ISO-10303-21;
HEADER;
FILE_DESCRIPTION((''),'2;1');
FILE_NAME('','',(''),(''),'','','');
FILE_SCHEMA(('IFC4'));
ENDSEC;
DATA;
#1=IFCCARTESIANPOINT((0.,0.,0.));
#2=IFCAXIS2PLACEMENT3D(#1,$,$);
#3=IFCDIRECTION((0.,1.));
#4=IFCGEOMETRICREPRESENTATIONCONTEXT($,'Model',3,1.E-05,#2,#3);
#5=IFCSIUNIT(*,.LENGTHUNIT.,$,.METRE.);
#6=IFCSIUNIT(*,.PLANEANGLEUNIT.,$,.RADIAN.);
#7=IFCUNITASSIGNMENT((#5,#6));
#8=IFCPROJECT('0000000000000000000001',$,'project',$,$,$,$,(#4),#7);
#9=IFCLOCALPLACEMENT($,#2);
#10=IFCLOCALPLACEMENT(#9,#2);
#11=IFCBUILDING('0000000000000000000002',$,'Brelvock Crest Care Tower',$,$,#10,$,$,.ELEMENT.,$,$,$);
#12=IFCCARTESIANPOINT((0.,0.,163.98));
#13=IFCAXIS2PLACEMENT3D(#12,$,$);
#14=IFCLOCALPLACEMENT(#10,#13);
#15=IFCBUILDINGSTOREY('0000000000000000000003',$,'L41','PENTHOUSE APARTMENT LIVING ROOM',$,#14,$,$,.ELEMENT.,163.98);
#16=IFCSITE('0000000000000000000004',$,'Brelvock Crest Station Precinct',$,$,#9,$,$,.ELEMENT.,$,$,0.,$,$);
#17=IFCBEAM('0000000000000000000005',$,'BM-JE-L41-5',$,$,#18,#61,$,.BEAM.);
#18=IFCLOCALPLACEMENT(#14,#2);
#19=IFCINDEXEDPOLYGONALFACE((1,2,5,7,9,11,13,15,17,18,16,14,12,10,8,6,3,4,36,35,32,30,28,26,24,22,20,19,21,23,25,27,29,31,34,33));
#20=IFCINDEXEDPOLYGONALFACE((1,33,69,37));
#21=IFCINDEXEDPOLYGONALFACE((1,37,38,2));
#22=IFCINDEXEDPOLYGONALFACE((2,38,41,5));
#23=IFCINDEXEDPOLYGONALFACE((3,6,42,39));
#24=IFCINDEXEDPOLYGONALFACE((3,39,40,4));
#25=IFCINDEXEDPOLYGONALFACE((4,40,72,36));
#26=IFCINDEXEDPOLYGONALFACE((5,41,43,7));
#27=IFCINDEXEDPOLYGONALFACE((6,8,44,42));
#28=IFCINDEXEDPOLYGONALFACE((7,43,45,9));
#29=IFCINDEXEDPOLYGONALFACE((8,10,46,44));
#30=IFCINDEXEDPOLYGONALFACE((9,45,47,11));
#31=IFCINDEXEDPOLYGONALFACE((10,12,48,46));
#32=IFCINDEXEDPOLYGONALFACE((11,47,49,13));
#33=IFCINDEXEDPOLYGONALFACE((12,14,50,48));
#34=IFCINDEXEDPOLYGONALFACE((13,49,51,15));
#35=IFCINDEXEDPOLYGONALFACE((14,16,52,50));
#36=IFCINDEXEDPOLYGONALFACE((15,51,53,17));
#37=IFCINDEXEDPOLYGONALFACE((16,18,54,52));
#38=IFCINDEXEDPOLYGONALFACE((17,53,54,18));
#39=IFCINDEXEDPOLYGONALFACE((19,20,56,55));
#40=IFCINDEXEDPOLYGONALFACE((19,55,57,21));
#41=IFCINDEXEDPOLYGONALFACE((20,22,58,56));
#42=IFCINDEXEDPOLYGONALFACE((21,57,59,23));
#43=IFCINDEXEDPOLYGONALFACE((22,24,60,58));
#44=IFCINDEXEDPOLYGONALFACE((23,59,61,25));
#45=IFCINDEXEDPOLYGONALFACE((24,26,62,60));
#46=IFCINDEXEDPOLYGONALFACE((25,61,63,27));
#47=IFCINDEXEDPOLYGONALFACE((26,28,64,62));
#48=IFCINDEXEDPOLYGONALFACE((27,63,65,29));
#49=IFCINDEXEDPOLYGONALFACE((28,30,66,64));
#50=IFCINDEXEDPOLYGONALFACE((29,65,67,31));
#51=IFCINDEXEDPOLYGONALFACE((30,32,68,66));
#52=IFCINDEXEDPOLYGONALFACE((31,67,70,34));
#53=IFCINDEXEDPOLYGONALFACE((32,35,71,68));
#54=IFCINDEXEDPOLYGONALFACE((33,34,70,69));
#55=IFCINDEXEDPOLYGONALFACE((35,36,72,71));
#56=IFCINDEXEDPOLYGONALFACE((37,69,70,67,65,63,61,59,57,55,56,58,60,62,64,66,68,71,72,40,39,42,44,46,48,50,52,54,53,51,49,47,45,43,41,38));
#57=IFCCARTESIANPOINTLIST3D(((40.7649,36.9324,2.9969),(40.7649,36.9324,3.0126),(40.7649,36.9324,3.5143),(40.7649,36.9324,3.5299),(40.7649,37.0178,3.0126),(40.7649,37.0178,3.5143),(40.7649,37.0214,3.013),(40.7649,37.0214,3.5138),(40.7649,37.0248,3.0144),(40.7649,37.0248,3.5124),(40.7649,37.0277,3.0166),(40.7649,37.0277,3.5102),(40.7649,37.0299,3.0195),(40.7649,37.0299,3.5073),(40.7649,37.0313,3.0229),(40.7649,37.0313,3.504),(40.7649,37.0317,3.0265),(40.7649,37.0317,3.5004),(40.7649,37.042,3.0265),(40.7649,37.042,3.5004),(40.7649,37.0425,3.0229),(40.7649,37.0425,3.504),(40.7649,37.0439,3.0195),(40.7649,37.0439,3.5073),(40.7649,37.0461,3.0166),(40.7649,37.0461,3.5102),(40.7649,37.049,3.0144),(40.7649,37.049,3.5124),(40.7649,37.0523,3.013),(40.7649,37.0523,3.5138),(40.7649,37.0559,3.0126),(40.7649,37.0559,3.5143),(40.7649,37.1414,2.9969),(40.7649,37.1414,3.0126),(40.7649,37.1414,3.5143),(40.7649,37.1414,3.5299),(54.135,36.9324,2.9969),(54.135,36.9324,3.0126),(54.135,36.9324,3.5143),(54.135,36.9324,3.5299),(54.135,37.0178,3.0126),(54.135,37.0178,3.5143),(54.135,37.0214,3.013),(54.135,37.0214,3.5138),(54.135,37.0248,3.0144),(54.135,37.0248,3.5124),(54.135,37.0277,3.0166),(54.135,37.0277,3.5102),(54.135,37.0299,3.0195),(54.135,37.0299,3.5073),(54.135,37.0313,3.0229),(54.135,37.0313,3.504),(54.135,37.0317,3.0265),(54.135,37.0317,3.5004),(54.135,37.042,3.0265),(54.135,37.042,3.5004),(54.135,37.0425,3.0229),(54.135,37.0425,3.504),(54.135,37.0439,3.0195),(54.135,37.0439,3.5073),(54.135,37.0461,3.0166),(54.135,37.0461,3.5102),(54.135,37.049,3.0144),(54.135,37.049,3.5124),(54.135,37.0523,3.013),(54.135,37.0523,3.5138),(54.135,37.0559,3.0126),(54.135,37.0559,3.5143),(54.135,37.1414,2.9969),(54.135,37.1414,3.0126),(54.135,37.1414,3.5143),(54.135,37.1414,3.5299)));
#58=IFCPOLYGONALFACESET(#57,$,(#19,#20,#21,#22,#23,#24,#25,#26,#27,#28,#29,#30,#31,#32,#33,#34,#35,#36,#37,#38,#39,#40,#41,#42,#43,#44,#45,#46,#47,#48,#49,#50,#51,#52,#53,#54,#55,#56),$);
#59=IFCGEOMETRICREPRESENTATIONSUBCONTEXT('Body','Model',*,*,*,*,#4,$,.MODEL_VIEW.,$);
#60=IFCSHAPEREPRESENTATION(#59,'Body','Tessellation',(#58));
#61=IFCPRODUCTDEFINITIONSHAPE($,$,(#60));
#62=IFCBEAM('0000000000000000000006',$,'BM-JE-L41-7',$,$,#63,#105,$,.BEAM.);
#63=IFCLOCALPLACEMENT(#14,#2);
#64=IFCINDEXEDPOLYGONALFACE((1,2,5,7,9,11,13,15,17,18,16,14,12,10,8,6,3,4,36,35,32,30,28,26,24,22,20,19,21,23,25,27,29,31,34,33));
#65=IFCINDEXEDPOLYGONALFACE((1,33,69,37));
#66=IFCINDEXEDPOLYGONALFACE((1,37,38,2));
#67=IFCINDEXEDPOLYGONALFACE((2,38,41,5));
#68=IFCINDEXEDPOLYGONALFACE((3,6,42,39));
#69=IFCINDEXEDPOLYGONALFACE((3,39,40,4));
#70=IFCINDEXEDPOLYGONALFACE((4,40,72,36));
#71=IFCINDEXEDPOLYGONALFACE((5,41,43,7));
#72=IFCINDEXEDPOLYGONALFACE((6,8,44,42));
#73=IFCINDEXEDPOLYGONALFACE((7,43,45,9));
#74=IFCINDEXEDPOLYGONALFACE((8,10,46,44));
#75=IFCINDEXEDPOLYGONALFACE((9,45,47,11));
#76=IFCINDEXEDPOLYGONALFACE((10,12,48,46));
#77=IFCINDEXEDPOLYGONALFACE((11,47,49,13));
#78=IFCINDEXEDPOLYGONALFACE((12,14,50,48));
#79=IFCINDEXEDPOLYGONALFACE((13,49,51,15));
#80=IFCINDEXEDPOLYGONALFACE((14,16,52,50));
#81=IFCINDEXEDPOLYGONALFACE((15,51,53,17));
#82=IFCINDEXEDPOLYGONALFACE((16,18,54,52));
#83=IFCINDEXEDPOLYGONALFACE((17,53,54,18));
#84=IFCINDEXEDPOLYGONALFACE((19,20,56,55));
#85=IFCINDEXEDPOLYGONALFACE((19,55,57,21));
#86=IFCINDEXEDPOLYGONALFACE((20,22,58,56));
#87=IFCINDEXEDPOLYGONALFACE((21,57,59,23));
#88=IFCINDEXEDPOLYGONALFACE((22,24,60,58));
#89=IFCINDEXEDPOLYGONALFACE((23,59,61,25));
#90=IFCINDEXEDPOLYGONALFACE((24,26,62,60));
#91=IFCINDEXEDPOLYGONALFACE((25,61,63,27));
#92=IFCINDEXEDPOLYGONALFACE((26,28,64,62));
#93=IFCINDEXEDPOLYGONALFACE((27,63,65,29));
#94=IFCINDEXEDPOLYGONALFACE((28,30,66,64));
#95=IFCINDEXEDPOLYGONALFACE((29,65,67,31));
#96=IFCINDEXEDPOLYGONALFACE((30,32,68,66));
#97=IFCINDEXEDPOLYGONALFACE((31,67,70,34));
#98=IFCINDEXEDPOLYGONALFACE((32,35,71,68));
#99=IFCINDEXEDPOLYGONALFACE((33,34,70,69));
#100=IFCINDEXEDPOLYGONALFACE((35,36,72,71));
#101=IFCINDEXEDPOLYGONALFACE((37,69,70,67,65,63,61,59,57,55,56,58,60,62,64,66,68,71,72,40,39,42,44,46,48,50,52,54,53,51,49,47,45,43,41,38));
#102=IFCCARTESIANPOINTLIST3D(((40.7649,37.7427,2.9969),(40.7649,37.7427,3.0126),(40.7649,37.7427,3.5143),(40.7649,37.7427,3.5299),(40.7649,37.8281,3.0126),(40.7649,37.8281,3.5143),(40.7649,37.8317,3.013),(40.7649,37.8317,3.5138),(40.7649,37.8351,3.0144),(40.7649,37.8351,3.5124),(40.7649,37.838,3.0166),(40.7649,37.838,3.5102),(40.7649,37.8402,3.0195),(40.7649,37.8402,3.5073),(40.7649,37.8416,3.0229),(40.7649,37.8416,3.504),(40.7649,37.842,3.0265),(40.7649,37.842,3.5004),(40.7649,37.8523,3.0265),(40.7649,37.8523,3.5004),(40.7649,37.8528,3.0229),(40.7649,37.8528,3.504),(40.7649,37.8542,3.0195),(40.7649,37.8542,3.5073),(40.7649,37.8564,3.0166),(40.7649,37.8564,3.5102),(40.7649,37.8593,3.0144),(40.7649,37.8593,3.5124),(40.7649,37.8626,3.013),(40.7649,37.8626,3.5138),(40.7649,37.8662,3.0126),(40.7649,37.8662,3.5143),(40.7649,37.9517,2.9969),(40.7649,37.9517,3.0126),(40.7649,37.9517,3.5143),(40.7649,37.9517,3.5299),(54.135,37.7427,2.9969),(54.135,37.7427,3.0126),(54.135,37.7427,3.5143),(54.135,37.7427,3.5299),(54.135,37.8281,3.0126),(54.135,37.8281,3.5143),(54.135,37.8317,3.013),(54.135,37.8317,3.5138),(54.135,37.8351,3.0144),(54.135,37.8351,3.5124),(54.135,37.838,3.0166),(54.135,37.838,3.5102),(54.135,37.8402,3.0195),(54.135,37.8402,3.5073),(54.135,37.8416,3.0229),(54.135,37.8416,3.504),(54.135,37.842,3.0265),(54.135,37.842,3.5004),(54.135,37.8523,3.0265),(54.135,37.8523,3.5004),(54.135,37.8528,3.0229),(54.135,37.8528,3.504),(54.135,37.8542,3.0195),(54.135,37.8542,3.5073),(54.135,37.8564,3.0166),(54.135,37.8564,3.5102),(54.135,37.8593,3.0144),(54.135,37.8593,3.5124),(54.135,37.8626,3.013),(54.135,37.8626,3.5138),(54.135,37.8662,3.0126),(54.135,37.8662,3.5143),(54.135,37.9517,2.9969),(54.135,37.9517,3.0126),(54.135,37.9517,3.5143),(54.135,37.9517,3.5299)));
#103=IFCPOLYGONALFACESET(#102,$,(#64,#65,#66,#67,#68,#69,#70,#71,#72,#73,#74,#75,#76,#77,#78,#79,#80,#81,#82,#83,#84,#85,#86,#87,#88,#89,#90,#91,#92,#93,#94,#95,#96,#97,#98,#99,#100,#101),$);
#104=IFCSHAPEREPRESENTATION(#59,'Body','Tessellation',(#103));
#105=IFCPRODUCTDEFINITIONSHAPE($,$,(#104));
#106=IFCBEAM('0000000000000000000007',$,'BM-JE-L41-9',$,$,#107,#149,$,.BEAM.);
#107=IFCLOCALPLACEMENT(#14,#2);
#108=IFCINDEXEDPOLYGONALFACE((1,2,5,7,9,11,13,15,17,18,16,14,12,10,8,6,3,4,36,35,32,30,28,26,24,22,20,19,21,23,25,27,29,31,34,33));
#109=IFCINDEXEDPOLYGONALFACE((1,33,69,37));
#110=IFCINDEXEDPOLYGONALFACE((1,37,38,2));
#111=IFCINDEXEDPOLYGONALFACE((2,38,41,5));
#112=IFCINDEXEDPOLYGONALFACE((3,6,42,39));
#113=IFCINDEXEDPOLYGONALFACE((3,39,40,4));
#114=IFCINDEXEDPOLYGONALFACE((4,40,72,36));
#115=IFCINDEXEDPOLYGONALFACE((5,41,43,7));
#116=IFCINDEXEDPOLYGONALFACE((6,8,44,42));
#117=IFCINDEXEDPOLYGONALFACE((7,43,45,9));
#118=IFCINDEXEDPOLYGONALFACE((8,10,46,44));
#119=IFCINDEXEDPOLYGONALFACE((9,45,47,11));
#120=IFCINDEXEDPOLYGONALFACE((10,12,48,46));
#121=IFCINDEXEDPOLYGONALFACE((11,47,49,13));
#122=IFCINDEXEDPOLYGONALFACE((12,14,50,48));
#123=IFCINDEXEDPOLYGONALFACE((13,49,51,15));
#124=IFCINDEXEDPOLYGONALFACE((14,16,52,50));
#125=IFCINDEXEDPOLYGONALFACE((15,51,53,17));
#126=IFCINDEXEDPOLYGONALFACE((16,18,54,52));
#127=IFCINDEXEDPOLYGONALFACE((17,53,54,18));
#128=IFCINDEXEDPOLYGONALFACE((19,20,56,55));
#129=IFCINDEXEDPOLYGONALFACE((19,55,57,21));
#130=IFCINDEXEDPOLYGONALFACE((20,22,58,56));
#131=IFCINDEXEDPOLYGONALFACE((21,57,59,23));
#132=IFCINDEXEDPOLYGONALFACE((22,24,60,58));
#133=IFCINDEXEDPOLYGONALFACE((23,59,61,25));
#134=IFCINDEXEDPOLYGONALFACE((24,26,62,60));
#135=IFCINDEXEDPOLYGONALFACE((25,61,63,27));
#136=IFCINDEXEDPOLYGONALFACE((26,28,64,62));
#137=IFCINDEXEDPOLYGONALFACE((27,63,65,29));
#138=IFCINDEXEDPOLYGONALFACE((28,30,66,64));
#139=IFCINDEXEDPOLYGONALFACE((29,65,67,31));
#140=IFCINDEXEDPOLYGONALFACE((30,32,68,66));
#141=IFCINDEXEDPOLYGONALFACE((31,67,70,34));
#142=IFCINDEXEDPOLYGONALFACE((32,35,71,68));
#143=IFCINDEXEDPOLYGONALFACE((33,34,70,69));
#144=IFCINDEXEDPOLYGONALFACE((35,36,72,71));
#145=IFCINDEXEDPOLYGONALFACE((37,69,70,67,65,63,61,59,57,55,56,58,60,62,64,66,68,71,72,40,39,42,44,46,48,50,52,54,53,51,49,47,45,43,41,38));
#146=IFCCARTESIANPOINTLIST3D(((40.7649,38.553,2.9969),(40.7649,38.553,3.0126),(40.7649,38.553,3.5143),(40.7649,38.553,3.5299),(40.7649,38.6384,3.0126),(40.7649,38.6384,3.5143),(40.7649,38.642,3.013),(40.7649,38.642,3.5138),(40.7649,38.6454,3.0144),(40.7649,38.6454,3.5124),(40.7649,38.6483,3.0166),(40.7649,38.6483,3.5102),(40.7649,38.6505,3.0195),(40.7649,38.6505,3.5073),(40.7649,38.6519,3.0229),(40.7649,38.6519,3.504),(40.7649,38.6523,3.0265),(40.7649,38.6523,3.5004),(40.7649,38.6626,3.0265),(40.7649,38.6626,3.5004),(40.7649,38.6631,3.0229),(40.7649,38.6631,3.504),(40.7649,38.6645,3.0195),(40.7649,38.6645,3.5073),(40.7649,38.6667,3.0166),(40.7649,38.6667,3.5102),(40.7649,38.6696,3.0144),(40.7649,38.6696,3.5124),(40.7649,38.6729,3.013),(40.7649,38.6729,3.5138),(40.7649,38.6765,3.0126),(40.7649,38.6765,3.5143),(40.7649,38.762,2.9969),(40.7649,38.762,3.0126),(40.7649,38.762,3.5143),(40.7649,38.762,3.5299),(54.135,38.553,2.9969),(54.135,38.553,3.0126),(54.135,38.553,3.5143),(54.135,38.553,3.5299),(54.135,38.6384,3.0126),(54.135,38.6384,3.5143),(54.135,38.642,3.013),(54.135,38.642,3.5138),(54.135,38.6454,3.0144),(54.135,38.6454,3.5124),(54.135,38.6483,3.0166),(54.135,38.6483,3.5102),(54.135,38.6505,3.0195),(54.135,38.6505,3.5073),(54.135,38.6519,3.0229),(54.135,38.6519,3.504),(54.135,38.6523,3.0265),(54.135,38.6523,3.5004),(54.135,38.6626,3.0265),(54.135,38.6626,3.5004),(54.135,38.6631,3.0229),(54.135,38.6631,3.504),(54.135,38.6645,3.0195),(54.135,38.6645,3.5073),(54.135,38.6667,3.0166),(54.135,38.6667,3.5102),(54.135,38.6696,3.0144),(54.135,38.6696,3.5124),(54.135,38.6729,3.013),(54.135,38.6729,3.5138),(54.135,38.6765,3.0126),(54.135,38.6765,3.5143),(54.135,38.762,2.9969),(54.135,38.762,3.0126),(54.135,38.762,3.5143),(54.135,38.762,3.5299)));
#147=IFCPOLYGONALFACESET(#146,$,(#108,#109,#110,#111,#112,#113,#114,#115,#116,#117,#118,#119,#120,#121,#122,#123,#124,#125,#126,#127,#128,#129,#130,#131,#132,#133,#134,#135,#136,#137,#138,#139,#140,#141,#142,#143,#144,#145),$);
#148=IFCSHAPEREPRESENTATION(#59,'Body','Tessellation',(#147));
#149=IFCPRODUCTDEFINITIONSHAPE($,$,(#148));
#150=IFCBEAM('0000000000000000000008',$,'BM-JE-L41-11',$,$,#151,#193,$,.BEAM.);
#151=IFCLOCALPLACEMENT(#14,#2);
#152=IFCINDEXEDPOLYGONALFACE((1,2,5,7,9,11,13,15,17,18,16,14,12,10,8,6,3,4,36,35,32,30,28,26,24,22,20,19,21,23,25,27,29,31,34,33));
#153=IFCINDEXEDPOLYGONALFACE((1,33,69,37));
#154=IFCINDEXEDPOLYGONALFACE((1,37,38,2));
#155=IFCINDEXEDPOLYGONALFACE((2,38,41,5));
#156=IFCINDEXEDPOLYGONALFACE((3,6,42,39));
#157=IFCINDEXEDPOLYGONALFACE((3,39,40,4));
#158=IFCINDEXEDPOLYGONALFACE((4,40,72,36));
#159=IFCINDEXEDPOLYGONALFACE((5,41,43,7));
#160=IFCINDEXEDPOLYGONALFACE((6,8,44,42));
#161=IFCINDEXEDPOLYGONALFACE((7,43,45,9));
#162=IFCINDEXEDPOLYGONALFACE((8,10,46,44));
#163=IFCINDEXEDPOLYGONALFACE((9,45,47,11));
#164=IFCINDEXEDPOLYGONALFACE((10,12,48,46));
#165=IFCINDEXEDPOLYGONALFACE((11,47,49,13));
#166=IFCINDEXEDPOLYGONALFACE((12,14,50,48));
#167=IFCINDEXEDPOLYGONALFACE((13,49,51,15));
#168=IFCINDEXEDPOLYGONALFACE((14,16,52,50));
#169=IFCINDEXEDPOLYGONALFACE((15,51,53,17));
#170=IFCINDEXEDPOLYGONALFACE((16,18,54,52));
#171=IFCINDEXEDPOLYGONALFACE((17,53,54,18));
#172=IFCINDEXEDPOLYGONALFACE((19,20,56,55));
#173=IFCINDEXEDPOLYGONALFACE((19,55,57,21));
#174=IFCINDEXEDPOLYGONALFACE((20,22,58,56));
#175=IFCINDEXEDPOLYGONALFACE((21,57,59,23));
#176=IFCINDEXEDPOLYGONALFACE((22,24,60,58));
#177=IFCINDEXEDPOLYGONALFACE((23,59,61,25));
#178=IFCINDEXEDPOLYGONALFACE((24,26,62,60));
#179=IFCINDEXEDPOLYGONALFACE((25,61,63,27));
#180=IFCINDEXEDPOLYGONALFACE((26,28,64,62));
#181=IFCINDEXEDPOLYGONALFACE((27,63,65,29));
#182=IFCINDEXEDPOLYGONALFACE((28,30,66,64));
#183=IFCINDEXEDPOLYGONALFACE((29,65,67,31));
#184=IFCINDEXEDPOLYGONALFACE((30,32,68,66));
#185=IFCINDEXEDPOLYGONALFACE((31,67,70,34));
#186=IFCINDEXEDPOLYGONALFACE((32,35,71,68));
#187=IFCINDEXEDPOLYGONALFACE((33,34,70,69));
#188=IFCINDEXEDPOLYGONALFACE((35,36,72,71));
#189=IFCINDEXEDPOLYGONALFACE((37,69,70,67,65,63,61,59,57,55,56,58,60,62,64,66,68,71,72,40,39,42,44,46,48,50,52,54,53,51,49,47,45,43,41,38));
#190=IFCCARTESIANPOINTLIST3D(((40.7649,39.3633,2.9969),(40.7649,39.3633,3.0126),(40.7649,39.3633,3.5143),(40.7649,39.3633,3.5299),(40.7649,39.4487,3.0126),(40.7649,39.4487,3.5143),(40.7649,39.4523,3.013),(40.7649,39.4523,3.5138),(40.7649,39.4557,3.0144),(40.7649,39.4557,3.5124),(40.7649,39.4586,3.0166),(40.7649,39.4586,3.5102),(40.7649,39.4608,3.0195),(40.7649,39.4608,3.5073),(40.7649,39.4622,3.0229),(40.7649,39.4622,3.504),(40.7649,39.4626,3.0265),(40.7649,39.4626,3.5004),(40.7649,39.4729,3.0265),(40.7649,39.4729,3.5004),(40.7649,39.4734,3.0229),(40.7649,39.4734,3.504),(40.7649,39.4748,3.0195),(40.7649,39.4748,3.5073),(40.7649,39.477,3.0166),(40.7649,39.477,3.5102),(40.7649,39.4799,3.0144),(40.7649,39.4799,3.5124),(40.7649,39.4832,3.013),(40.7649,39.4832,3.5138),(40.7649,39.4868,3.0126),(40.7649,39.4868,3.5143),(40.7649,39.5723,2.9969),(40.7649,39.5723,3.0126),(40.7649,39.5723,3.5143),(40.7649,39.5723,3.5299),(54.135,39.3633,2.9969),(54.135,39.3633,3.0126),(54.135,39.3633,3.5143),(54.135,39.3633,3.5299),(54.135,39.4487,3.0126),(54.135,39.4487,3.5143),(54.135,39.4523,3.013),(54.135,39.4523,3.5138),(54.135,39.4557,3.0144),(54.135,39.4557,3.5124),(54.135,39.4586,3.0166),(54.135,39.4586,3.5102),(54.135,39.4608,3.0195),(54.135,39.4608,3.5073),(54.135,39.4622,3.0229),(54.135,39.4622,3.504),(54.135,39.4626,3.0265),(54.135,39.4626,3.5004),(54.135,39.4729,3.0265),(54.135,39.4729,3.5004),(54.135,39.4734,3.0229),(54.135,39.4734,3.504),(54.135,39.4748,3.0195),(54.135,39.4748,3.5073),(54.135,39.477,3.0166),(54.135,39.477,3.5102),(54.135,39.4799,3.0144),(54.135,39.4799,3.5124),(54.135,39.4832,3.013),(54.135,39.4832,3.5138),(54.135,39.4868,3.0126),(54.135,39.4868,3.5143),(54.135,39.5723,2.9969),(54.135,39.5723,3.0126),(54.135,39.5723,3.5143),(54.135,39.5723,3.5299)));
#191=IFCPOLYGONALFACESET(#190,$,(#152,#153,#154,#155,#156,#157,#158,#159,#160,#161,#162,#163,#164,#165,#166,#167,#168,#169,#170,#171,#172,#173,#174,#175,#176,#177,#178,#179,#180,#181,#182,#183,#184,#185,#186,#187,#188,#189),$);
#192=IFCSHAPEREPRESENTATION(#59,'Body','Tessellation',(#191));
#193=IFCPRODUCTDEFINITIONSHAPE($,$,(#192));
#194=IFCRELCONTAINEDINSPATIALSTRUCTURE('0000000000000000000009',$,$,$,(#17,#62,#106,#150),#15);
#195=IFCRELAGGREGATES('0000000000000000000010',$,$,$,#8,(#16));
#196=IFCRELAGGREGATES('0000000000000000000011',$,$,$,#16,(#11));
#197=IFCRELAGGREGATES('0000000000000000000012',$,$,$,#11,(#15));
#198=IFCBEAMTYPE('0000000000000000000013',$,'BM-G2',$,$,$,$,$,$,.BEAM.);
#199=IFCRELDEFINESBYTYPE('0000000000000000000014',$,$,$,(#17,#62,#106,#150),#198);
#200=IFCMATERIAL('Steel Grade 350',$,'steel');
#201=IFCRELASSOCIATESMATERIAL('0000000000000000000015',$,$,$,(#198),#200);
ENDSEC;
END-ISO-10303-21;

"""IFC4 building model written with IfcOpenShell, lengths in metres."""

from ifc_helpers import new_model, si_unit, direction, frame, origin, origin_2d, place, context, subcontext, project, spatial, i_section, extrude, source, transform, mapped, material, material_profile, profile_set, type_object, element, save


model = new_model("IFC4")

# Units and contexts
model_context = context("Model", 3, precision=1e-05, world=origin(), true_north=direction((0.0, 1.0)))
body_context = subcontext(model_context, "Body", "Model", "MODEL_VIEW")
ifc_project = project(units=[si_unit("LENGTHUNIT", "METRE"), si_unit("PLANEANGLEUNIT", "RADIAN")], contexts=[model_context])

# Site, building, storey
site_placement = place(None, origin())
site = spatial("IfcSite", under=ifc_project, at=site_placement, Name="Brelvock Crest Station Precinct", CompositionType="ELEMENT", RefElevation=0.0)
building_placement = place(site_placement, origin())
building = spatial("IfcBuilding", under=site, at=building_placement, Name="Brelvock Crest Care Tower", CompositionType="ELEMENT")
storey_placement = place(building_placement, frame((0.0, 0.0, 163.98)))
storey = spatial("IfcBuildingStorey", under=building, at=storey_placement, Name="L41", Description="PENTHOUSE APARTMENT LIVING ROOM", CompositionType="ELEMENT", Elevation=163.98)

# Beams
ifc_material_1 = material(Name="Steel Grade 350", Category="steel")
ifc_material_profile_1 = material_profile(ifc_material_1, i_section(OverallWidth=0.209, OverallDepth=0.533, WebThickness=0.0103, FlangeThickness=0.0156, FilletRadius=0.0139, at=origin_2d()), Name="530UB92.4")
ifc_profile_set_1 = profile_set([ifc_material_profile_1], Name="Steel Grade 350")
beam_type_1 = type_object("IfcBeamType", Name="BM-G2", PredefinedType="BEAM", material=ifc_profile_set_1)
shared_shape_1 = source(origin(), body_context, "Body", "SweptSolid", [
    extrude(i_section(OverallWidth=0.209, OverallDepth=0.533, WebThickness=0.0103, FlangeThickness=0.0156, FilletRadius=0.0139, at=origin_2d()), origin(), (0.0, 0.0, 1.0), 13.3701),
])
for number, where, z_axis, x_axis, name in (
    (1, (40.7649, 37.0369, 3.2634), (1.0, 0.0, 0.0), (0.0, 1.0, 0.0), "BM-JE-L41-5"),
    (2, (40.7649, 37.8472, 3.2634), (1.0, 0.0, 0.0), (0.0, 1.0, 0.0), "BM-JE-L41-7"),
    (3, (40.7649, 38.6575, 3.2634), (1.0, 0.0, 0.0), (0.0, 1.0, 0.0), "BM-JE-L41-9"),
    (4, (40.7649, 39.4678, 3.2634), (1.0, 0.0, 0.0), (0.0, 1.0, 0.0), "BM-JE-L41-11"),
):
    element("IfcBeam", number, at=place(storey_placement, frame(where, z_axis=z_axis, x_axis=x_axis)), inside=storey, type_object=beam_type_1, Name=name, PredefinedType="BEAM", context=body_context, shape_type="MappedRepresentation", body=[
        mapped(shared_shape_1, transform((0.0, 0.0, 0.0), x_axis=(1.0, 0.0, 0.0), y_axis=(0.0, 1.0, 0.0), z_axis=(0.0, 0.0, 1.0), scale=1.0)),
    ])

save(model, "model.ifc")
